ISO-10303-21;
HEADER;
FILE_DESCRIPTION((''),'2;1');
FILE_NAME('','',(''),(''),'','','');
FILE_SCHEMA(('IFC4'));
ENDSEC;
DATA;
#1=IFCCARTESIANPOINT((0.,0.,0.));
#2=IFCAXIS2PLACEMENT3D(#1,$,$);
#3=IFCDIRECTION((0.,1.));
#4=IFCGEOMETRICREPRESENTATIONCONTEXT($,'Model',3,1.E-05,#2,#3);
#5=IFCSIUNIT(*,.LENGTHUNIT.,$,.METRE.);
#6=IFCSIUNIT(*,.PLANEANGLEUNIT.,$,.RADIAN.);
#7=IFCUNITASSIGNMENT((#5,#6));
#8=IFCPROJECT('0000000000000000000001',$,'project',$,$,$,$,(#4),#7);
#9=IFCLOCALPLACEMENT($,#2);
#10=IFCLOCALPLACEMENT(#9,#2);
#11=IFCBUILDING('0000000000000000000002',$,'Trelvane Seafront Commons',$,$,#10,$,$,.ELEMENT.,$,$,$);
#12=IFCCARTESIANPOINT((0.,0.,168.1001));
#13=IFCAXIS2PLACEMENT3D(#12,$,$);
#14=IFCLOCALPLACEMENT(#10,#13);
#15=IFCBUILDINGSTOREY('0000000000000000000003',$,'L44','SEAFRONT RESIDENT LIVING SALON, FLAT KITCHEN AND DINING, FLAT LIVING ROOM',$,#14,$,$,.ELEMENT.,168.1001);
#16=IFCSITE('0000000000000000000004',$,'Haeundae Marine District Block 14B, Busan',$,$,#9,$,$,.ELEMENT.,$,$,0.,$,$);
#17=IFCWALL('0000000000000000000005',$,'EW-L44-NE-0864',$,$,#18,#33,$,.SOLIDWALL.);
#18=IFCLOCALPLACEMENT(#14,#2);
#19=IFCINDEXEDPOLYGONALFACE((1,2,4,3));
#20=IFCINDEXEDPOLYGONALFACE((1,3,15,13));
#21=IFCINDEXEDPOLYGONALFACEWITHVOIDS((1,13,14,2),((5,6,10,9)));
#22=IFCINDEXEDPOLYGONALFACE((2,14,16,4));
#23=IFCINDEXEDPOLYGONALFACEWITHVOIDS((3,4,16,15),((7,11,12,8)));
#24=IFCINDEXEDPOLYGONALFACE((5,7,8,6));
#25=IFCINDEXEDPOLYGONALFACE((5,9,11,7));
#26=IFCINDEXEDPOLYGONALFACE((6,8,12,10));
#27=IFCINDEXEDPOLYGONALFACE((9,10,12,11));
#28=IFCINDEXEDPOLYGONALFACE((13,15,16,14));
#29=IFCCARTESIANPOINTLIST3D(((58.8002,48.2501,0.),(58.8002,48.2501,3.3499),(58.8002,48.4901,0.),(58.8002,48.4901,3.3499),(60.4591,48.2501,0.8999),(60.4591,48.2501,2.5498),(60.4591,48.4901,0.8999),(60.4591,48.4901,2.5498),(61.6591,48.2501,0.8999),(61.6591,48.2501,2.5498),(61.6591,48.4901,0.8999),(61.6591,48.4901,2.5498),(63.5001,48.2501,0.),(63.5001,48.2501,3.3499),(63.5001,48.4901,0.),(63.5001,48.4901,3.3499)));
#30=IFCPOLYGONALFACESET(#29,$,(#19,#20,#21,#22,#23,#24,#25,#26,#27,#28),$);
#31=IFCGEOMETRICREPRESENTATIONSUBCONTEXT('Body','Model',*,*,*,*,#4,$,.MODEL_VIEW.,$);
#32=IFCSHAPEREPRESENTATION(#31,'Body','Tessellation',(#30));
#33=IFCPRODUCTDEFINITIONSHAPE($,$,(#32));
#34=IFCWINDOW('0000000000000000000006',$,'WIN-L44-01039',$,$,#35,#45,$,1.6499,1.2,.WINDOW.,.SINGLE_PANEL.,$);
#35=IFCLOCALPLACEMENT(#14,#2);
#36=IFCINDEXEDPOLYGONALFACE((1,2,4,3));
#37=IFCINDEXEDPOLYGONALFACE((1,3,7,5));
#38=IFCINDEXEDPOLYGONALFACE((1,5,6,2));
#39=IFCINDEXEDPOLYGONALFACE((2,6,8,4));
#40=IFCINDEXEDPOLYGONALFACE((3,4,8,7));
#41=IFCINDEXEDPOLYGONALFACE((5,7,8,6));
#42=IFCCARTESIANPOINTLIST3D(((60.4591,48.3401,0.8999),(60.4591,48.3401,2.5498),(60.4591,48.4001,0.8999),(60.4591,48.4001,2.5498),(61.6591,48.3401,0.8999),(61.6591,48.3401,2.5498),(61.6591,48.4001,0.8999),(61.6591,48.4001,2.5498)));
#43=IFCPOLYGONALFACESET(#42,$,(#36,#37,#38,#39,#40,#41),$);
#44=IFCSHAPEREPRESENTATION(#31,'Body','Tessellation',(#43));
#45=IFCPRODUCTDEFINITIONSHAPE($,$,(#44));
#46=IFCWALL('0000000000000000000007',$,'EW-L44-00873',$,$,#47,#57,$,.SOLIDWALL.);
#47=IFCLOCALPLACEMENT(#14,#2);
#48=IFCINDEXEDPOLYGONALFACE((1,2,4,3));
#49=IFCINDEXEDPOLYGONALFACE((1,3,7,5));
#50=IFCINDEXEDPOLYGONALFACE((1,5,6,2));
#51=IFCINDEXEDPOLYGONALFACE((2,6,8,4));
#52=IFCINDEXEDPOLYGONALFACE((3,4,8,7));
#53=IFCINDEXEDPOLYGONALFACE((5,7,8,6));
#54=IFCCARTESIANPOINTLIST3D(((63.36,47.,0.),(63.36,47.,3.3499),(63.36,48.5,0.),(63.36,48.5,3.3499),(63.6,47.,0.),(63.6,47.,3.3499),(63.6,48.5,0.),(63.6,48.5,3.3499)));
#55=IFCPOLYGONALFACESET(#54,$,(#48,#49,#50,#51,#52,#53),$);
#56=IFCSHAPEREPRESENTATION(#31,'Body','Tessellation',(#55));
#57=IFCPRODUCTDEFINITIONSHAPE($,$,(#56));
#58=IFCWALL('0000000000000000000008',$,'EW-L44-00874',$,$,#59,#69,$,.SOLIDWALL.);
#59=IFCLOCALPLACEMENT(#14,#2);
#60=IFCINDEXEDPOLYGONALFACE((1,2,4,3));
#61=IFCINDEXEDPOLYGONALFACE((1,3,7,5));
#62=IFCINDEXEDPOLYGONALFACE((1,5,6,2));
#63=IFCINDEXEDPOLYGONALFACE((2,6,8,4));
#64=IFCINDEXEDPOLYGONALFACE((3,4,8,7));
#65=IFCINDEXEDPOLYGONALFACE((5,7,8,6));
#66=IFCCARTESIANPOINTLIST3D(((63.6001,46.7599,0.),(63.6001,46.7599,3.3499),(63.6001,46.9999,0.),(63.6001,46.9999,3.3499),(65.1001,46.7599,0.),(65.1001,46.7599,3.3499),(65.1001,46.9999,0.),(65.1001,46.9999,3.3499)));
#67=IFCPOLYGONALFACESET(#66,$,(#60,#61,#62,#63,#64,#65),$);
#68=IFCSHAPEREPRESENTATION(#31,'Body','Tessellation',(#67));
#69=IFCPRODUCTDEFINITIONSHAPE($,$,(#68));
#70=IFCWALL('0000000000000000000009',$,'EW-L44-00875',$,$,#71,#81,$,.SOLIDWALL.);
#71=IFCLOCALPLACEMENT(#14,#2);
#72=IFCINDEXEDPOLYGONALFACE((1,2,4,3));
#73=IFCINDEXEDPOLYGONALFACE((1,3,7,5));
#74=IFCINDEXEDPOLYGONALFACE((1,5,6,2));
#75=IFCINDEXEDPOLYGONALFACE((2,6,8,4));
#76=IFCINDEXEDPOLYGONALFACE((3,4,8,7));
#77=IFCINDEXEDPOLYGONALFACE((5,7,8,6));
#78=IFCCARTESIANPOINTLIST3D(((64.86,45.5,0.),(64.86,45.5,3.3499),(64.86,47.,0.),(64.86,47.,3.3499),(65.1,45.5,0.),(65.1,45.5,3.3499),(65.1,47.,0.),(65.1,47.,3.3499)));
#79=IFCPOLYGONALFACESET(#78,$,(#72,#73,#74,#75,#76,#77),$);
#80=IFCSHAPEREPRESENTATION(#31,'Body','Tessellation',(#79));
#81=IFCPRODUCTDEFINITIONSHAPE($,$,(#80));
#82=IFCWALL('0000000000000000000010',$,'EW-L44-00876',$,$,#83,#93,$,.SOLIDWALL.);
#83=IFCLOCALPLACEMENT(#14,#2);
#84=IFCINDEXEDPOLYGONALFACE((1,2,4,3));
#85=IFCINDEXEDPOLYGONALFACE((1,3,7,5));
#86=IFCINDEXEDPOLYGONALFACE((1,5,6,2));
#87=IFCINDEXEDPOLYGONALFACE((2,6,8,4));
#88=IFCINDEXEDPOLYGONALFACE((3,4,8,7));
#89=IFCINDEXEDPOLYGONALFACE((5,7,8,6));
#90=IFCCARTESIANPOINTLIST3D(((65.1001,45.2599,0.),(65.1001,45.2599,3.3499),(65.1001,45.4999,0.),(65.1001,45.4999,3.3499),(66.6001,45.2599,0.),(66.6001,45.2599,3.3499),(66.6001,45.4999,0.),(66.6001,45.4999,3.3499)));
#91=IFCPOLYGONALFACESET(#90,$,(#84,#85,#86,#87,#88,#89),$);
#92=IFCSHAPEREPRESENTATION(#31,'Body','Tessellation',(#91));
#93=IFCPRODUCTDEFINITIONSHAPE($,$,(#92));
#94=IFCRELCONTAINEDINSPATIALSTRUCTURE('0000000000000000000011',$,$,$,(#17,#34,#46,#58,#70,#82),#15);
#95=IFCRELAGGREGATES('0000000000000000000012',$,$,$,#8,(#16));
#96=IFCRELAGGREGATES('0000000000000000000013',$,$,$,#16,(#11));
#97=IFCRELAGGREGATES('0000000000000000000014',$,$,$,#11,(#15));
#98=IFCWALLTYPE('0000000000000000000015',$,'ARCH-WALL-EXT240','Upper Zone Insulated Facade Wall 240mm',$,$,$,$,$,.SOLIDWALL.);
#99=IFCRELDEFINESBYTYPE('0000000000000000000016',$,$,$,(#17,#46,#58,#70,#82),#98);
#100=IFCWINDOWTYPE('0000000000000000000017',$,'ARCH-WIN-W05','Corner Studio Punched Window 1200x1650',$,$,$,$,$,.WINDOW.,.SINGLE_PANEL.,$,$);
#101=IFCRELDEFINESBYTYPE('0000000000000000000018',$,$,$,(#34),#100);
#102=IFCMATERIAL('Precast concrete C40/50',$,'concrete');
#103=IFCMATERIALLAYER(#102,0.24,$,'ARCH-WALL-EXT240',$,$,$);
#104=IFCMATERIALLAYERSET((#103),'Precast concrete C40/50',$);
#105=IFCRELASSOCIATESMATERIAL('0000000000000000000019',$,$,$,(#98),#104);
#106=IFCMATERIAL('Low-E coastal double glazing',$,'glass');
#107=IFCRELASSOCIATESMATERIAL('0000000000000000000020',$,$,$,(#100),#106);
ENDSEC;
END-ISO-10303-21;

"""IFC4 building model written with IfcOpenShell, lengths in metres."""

from ifc_helpers import new_model, si_unit, direction, frame, frame_2d, origin, place, context, subcontext, project, spatial, rectangle, extrude, source, transform, mapped, material, layer, layer_set, type_object, element, fill, save


model = new_model("IFC4")

# Units and contexts
model_context = context("Model", 3, precision=1e-05, world=origin(), true_north=direction((0.0, 1.0)))
body_context = subcontext(model_context, "Body", "Model", "MODEL_VIEW")
ifc_project = project(units=[si_unit("LENGTHUNIT", "METRE"), si_unit("PLANEANGLEUNIT", "RADIAN")], contexts=[model_context])

# Site, building, storey
site_placement = place(None, origin())
site = spatial("IfcSite", under=ifc_project, at=site_placement, Name="Haeundae Marine District Block 14B, Busan", CompositionType="ELEMENT", RefElevation=0.0)
building_placement = place(site_placement, origin())
building = spatial("IfcBuilding", under=site, at=building_placement, Name="Trelvane Seafront Commons", CompositionType="ELEMENT")
storey_placement = place(building_placement, frame((0.0, 0.0, 168.1001)))
storey = spatial("IfcBuildingStorey", under=building, at=storey_placement, Name="L44", Description="SEAFRONT RESIDENT LIVING SALON, FLAT KITCHEN AND DINING, FLAT LIVING ROOM", CompositionType="ELEMENT", Elevation=168.1001)

# Shared definitions
ifc_material_1 = material(Name="Low-E coastal double glazing", Category="glass")

# Wall, opening, window
ifc_material_2 = material(Name="Precast concrete C40/50", Category="concrete")
ifc_layer_1 = layer(ifc_material_2, 0.24, Name="ARCH-WALL-EXT240")
ifc_layer_set_1 = layer_set([ifc_layer_1], Name="Precast concrete C40/50")
wall_type_1 = type_object("IfcWallType", Name="ARCH-WALL-EXT240", Description="Upper Zone Insulated Facade Wall 240mm", PredefinedType="SOLIDWALL", material=ifc_layer_set_1)
wall_1_placement = place(storey_placement, frame((58.8, 48.3701, 0.0), z_axis=(0.0, 0.0, 1.0), x_axis=(1.0, 0.0, 0.0)))
wall_1 = element("IfcWall", 1, at=wall_1_placement, inside=storey, type_object=wall_type_1, Name="EW-L44-NE-0864", PredefinedType="SOLIDWALL", context=body_context, shape_type="SweptSolid", body=[
    extrude(rectangle(XDim=4.7, YDim=0.24, at=frame_2d((2.3501, 0.0))), origin(), (0.0, 0.0, 1.0), 3.3499),
])
opening_1_placement = place(wall_1_placement, frame((1.6589, 0.0, 0.8999)))
opening_1 = element("IfcOpeningElement", 2, at=opening_1_placement, cuts=wall_1, PredefinedType="OPENING", context=body_context, shape_type="SweptSolid", body=[
    extrude(rectangle(XDim=1.2, YDim=1.6499, at=frame_2d((0.6001, 0.825))), frame((0.0, 0.1299, 0.0), z_axis=(0.0, -1.0, 0.0), x_axis=(1.0, 0.0, 0.0)), (0.0, 0.0, 1.0), 0.26),
])
window_type_1 = type_object("IfcWindowType", Name="ARCH-WIN-W05", Description="Corner Studio Punched Window 1200x1650", PartitioningType="SINGLE_PANEL", PredefinedType="WINDOW", material=ifc_material_1)
shared_shape_1 = source(origin(), body_context, "Body", "SweptSolid", [
    extrude(rectangle(XDim=1.2, YDim=1.6499, at=frame_2d((0.6001, 0.825))), frame((0.0, 0.03, 0.0), z_axis=(0.0, -1.0, 0.0), x_axis=(1.0, 0.0, 0.0)), (0.0, 0.0, 1.0), 0.0601),
])
window_1_placement = place(opening_1_placement, origin())
window_1 = element("IfcWindow", 3, at=window_1_placement, inside=storey, type_object=window_type_1, Name="WIN-L44-01039", OverallHeight=1.6499, OverallWidth=1.2, PartitioningType="SINGLE_PANEL", PredefinedType="WINDOW", context=body_context, shape_type="MappedRepresentation", body=[
    mapped(shared_shape_1, transform((0.0, 0.0, 0.0), x_axis=(1.0, 0.0, 0.0), y_axis=(0.0, 1.0, 0.0), z_axis=(0.0, 0.0, 1.0), scale=1.0)),
])
fill(opening_1, window_1)

# Walls
for number, where, z_axis, x_axis, name in (
    (4, (63.48, 48.5, 0.0), (0.0, 0.0, 1.0), (0.0, -1.0, 0.0), "EW-L44-00873"),
    (5, (63.6001, 46.8799, 0.0), (0.0, 0.0, 1.0), (1.0, 0.0, 0.0), "EW-L44-00874"),
    (6, (64.98, 47.0, 0.0), (0.0, 0.0, 1.0), (0.0, -1.0, 0.0), "EW-L44-00875"),
    (7, (65.1001, 45.3799, 0.0), (0.0, 0.0, 1.0), (1.0, 0.0, 0.0), "EW-L44-00876"),
):
    element("IfcWall", number, at=place(storey_placement, frame(where, z_axis=z_axis, x_axis=x_axis)), inside=storey, type_object=wall_type_1, Name=name, PredefinedType="SOLIDWALL", context=body_context, shape_type="SweptSolid", body=[
        extrude(rectangle(XDim=1.5, YDim=0.24, at=frame_2d((0.75, 0.0))), origin(), (0.0, 0.0, 1.0), 3.3499),
    ])

save(model, "model.ifc")
